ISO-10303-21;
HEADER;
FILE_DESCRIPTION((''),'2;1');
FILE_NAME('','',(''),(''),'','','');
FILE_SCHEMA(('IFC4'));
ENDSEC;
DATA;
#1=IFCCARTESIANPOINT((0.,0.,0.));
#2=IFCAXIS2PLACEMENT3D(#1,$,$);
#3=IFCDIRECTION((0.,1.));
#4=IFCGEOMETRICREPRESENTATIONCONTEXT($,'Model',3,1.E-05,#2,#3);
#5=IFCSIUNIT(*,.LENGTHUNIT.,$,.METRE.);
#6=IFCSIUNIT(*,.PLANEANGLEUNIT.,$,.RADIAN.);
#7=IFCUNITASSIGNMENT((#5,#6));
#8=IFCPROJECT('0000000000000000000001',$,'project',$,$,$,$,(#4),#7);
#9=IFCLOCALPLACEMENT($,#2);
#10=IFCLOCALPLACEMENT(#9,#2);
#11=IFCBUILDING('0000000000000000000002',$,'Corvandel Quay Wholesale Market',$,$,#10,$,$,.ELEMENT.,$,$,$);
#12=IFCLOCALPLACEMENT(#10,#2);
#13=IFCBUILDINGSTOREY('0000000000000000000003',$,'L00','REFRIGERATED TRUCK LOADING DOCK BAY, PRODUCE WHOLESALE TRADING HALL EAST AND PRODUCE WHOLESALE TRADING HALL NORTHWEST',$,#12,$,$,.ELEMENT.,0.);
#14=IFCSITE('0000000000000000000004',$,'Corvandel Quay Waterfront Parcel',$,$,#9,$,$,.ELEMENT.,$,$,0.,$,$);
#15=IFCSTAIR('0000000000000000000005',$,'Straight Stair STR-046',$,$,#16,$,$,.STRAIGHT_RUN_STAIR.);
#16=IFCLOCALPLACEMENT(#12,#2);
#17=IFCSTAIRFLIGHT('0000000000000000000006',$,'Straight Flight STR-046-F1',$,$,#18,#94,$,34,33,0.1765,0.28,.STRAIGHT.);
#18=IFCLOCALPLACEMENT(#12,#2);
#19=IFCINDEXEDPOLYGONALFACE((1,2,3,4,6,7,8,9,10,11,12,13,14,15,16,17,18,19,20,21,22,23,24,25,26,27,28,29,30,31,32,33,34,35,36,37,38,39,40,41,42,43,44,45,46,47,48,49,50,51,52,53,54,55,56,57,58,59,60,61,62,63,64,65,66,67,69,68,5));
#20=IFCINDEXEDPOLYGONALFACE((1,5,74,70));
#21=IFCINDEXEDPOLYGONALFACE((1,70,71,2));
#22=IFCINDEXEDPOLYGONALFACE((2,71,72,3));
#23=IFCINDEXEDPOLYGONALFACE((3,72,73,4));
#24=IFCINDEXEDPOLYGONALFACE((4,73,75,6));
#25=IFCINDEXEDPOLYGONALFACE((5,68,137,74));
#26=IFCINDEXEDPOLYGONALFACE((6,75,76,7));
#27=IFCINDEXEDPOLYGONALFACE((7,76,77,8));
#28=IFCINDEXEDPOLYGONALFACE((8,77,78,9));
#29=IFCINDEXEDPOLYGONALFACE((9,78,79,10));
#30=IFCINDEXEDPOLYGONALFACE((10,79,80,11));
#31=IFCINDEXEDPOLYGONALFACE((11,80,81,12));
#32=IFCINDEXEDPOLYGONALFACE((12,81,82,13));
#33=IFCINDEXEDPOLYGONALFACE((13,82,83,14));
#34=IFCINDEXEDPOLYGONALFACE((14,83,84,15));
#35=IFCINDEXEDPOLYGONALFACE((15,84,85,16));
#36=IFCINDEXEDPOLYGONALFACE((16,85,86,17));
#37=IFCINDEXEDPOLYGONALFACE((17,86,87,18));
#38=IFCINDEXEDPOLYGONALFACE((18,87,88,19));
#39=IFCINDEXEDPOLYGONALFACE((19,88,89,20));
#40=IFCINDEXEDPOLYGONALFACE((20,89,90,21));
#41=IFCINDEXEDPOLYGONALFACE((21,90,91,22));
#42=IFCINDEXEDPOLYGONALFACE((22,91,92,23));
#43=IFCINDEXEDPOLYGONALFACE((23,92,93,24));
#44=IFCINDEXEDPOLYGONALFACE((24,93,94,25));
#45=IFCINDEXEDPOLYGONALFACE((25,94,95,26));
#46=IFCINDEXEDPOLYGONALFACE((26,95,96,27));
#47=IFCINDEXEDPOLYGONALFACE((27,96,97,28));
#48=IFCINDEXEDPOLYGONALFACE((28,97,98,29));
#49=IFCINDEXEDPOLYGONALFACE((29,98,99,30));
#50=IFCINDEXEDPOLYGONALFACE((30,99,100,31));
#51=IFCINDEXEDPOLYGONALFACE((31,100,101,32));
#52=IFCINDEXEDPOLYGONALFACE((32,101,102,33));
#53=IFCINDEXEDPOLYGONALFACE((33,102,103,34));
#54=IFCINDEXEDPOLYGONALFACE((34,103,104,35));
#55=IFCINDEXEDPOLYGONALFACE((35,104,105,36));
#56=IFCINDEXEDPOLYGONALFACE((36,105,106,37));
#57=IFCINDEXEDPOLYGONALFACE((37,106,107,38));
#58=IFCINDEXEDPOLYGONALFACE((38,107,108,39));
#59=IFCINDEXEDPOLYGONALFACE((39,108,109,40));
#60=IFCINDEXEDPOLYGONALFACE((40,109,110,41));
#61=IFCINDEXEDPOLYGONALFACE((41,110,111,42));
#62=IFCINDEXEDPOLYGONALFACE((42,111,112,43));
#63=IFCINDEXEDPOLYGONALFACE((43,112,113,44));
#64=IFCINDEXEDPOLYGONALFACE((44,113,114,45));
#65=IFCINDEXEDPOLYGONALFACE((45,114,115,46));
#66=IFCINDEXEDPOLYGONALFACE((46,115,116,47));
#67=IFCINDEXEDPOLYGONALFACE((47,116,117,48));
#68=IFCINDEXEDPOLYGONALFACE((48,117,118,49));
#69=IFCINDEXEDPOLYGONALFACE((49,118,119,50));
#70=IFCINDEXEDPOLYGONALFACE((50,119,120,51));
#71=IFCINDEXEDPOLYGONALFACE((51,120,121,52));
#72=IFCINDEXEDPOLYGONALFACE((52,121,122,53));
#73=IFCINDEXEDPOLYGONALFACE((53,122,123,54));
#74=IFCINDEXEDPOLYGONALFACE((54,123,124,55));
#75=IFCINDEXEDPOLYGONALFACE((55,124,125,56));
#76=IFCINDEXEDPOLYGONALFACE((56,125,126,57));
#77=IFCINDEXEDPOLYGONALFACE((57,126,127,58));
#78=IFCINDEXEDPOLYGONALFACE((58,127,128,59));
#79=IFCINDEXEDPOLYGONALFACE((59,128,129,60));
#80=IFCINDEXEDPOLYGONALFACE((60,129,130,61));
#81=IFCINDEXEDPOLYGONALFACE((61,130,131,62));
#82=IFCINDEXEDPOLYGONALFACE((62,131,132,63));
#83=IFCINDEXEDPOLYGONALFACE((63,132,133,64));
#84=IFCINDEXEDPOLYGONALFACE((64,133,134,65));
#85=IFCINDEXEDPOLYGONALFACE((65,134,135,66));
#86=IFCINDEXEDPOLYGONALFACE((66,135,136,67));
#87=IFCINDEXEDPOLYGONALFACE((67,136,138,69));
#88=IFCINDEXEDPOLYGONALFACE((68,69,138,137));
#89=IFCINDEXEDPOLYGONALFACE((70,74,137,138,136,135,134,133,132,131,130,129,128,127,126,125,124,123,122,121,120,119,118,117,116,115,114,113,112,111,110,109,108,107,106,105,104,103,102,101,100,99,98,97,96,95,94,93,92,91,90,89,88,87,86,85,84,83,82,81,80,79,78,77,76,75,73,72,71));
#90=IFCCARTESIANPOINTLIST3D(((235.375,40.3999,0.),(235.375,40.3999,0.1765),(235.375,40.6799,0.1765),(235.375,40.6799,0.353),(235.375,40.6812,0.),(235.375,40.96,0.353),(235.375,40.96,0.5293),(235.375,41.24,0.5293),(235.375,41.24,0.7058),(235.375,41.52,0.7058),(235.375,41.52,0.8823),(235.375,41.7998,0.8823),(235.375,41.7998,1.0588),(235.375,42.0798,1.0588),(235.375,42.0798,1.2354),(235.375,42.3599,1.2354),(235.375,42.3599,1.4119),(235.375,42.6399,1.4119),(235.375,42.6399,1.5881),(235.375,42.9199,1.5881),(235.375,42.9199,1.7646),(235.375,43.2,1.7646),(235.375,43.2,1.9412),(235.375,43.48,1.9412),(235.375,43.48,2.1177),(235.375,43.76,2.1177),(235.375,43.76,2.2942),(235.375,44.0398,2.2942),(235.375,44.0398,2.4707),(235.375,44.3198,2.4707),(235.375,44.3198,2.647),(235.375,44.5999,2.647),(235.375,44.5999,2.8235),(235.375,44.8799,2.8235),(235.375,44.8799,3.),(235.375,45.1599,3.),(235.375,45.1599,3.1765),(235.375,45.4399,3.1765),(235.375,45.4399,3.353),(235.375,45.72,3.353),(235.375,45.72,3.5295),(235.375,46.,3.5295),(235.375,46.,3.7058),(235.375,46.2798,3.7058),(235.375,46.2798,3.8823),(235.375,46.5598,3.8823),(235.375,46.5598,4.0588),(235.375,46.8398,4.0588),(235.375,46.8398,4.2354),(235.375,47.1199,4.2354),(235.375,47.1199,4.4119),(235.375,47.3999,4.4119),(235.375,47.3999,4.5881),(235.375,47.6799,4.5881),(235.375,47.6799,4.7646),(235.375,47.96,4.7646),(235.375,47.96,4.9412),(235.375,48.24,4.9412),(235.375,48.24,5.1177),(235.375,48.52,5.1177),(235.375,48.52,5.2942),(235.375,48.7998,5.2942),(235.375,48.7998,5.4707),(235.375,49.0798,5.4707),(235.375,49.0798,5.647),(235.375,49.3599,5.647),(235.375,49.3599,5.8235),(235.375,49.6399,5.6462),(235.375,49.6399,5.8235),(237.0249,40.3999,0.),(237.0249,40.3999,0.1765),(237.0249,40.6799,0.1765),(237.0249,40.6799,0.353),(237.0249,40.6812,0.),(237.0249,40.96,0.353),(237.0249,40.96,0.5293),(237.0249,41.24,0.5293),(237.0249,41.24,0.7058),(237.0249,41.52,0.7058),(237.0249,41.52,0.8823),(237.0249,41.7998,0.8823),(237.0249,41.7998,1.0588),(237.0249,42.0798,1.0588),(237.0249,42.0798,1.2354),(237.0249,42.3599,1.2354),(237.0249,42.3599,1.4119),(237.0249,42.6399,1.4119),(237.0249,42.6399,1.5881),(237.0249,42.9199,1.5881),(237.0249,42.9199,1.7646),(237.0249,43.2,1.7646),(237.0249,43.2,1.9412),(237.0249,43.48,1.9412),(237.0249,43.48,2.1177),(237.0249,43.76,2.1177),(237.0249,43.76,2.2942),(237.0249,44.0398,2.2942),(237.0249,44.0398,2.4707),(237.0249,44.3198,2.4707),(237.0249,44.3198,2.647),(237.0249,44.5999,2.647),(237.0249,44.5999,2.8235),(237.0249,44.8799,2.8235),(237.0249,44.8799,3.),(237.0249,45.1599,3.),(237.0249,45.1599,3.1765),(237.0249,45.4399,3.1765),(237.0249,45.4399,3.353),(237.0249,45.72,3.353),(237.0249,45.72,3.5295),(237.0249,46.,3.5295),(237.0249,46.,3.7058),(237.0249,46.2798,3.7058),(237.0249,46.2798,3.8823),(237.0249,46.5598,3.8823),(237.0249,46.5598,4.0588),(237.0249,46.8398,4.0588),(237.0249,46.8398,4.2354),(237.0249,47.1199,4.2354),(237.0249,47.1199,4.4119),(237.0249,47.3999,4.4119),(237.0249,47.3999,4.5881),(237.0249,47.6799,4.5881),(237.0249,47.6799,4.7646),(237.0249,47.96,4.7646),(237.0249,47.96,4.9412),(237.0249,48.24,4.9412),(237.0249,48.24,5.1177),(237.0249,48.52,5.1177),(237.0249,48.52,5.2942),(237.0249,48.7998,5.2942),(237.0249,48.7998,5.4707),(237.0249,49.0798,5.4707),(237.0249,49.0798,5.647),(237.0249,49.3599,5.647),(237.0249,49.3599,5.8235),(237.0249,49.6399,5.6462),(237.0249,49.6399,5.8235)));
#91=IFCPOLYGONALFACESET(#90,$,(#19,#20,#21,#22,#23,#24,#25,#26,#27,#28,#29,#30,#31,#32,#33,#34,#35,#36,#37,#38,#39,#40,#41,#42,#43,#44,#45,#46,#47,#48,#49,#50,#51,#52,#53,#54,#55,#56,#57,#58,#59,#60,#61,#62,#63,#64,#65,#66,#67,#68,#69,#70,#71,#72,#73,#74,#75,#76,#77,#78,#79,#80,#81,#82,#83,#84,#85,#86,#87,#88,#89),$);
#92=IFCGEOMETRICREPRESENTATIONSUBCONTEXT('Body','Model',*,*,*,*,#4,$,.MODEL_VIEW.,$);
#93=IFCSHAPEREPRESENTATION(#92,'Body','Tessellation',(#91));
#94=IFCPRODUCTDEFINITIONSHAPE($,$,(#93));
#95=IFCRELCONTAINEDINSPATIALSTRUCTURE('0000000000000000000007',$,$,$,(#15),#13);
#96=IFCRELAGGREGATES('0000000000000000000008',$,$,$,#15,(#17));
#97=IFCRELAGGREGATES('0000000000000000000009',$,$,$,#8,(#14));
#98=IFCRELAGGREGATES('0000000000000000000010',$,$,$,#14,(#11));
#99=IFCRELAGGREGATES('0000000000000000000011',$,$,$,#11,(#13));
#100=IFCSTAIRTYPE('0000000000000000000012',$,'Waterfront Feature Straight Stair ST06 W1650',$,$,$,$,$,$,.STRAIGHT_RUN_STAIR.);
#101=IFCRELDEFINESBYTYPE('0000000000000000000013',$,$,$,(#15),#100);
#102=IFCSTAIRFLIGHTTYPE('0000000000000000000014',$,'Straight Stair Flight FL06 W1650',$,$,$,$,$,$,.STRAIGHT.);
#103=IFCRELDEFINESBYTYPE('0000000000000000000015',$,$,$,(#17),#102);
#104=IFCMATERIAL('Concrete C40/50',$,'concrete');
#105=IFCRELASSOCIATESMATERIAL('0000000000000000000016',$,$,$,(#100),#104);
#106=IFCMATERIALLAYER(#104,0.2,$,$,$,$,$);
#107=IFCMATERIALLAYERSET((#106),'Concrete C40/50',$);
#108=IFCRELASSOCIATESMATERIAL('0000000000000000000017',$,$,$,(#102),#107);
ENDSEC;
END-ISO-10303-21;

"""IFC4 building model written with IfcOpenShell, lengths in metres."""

from ifc_helpers import new_model, si_unit, direction, frame, origin, place, context, subcontext, project, spatial, polyline, outline, extrude, material, layer, layer_set, type_object, element, aggregate, save


model = new_model("IFC4")

# Units and contexts
model_context = context("Model", 3, precision=1e-05, world=origin(), true_north=direction((0.0, 1.0)))
body_context = subcontext(model_context, "Body", "Model", "MODEL_VIEW")
ifc_project = project(units=[si_unit("LENGTHUNIT", "METRE"), si_unit("PLANEANGLEUNIT", "RADIAN")], contexts=[model_context])

# Site, building, storey
site_placement = place(None, origin())
site = spatial("IfcSite", under=ifc_project, at=site_placement, Name="Corvandel Quay Waterfront Parcel", CompositionType="ELEMENT", RefElevation=0.0)
building_placement = place(site_placement, origin())
building = spatial("IfcBuilding", under=site, at=building_placement, Name="Corvandel Quay Wholesale Market", CompositionType="ELEMENT")
storey_placement = place(building_placement, origin())
storey = spatial("IfcBuildingStorey", under=building, at=storey_placement, Name="L00", Description="REFRIGERATED TRUCK LOADING DOCK BAY, PRODUCE WHOLESALE TRADING HALL EAST AND PRODUCE WHOLESALE TRADING HALL NORTHWEST", CompositionType="ELEMENT", Elevation=0.0)

# Shared definitions
ifc_material_1 = material(Name="Concrete C40/50", Category="concrete")

# Stair, stair flight
stair_type = type_object("IfcStairType", Name="Waterfront Feature Straight Stair ST06 W1650", PredefinedType="STRAIGHT_RUN_STAIR", material=ifc_material_1)
stair_placement = place(storey_placement, origin())
stair = element("IfcStair", 1, at=stair_placement, inside=storey, type_object=stair_type, Name="Straight Stair STR-046", PredefinedType="STRAIGHT_RUN_STAIR")
ifc_layer_1 = layer(ifc_material_1, 0.2)
ifc_layer_set_1 = layer_set([ifc_layer_1], Name="Concrete C40/50")
stair_flight_type = type_object("IfcStairFlightType", Name="Straight Stair Flight FL06 W1650", PredefinedType="STRAIGHT", material=ifc_layer_set_1)
stair_flight_placement = place(storey_placement, frame((236.2, 40.3999, 0.0), z_axis=(0.0, 0.0, 1.0), x_axis=(0.0, 1.0, 0.0)))
stair_flight = element("IfcStairFlight", 2, at=stair_flight_placement, type_object=stair_flight_type, Name="Straight Flight STR-046-F1", NumberOfRisers=34, NumberOfTreads=33, PredefinedType="STRAIGHT", RiserHeight=0.1765, TreadLength=0.28, context=body_context, shape_type="SweptSolid", body=[
    extrude(outline(polyline([(0.0, 0.0), (0.0, 0.1765), (0.28, 0.1765), (0.28, 0.353), (0.5601, 0.353), (0.5601, 0.5293), (0.8401, 0.5293), (0.8401, 0.7058), (1.1201, 0.7058), (1.1201, 0.8823), (1.3999, 0.8823), (1.3999, 1.0588), (1.6799, 1.0588), (1.6799, 1.2354), (1.96, 1.2354), (1.96, 1.4119), (2.24, 1.4119), (2.24, 1.5881), (2.52, 1.5881), (2.52, 1.7646), (2.8, 1.7646), (2.8, 1.9412), (3.0801, 1.9412), (3.0801, 2.1177), (3.3601, 2.1177), (3.3601, 2.2942), (3.6399, 2.2942), (3.6399, 2.4707), (3.9199, 2.4707), (3.9199, 2.647), (4.2, 2.647), (4.2, 2.8235), (4.48, 2.8235), (4.48, 3.0), (4.76, 3.0), (4.76, 3.1765), (5.04, 3.1765), (5.04, 3.353), (5.3201, 3.353), (5.3201, 3.5295), (5.6001, 3.5295), (5.6001, 3.7058), (5.8799, 3.7058), (5.8799, 3.8823), (6.1599, 3.8823), (6.1599, 4.0588), (6.4399, 4.0588), (6.4399, 4.2354), (6.72, 4.2354), (6.72, 4.4119), (7.0, 4.4119), (7.0, 4.5881), (7.28, 4.5881), (7.28, 4.7646), (7.5601, 4.7646), (7.5601, 4.9412), (7.8401, 4.9412), (7.8401, 5.1177), (8.1201, 5.1177), (8.1201, 5.2942), (8.3999, 5.2942), (8.3999, 5.4707), (8.6799, 5.4707), (8.6799, 5.647), (8.96, 5.647), (8.96, 5.8235), (9.24, 5.8235), (9.24, 6.0), (9.24, 5.6462), (0.2812, 0.0), (0.0, 0.0)])), frame((0.0, 0.825, 0.0), z_axis=(0.0, -1.0, 0.0), x_axis=(1.0, 0.0, 0.0)), (0.0, 0.0, 1.0), 1.6499),
])
aggregate(stair, [stair_flight])

save(model, "model.ifc")
